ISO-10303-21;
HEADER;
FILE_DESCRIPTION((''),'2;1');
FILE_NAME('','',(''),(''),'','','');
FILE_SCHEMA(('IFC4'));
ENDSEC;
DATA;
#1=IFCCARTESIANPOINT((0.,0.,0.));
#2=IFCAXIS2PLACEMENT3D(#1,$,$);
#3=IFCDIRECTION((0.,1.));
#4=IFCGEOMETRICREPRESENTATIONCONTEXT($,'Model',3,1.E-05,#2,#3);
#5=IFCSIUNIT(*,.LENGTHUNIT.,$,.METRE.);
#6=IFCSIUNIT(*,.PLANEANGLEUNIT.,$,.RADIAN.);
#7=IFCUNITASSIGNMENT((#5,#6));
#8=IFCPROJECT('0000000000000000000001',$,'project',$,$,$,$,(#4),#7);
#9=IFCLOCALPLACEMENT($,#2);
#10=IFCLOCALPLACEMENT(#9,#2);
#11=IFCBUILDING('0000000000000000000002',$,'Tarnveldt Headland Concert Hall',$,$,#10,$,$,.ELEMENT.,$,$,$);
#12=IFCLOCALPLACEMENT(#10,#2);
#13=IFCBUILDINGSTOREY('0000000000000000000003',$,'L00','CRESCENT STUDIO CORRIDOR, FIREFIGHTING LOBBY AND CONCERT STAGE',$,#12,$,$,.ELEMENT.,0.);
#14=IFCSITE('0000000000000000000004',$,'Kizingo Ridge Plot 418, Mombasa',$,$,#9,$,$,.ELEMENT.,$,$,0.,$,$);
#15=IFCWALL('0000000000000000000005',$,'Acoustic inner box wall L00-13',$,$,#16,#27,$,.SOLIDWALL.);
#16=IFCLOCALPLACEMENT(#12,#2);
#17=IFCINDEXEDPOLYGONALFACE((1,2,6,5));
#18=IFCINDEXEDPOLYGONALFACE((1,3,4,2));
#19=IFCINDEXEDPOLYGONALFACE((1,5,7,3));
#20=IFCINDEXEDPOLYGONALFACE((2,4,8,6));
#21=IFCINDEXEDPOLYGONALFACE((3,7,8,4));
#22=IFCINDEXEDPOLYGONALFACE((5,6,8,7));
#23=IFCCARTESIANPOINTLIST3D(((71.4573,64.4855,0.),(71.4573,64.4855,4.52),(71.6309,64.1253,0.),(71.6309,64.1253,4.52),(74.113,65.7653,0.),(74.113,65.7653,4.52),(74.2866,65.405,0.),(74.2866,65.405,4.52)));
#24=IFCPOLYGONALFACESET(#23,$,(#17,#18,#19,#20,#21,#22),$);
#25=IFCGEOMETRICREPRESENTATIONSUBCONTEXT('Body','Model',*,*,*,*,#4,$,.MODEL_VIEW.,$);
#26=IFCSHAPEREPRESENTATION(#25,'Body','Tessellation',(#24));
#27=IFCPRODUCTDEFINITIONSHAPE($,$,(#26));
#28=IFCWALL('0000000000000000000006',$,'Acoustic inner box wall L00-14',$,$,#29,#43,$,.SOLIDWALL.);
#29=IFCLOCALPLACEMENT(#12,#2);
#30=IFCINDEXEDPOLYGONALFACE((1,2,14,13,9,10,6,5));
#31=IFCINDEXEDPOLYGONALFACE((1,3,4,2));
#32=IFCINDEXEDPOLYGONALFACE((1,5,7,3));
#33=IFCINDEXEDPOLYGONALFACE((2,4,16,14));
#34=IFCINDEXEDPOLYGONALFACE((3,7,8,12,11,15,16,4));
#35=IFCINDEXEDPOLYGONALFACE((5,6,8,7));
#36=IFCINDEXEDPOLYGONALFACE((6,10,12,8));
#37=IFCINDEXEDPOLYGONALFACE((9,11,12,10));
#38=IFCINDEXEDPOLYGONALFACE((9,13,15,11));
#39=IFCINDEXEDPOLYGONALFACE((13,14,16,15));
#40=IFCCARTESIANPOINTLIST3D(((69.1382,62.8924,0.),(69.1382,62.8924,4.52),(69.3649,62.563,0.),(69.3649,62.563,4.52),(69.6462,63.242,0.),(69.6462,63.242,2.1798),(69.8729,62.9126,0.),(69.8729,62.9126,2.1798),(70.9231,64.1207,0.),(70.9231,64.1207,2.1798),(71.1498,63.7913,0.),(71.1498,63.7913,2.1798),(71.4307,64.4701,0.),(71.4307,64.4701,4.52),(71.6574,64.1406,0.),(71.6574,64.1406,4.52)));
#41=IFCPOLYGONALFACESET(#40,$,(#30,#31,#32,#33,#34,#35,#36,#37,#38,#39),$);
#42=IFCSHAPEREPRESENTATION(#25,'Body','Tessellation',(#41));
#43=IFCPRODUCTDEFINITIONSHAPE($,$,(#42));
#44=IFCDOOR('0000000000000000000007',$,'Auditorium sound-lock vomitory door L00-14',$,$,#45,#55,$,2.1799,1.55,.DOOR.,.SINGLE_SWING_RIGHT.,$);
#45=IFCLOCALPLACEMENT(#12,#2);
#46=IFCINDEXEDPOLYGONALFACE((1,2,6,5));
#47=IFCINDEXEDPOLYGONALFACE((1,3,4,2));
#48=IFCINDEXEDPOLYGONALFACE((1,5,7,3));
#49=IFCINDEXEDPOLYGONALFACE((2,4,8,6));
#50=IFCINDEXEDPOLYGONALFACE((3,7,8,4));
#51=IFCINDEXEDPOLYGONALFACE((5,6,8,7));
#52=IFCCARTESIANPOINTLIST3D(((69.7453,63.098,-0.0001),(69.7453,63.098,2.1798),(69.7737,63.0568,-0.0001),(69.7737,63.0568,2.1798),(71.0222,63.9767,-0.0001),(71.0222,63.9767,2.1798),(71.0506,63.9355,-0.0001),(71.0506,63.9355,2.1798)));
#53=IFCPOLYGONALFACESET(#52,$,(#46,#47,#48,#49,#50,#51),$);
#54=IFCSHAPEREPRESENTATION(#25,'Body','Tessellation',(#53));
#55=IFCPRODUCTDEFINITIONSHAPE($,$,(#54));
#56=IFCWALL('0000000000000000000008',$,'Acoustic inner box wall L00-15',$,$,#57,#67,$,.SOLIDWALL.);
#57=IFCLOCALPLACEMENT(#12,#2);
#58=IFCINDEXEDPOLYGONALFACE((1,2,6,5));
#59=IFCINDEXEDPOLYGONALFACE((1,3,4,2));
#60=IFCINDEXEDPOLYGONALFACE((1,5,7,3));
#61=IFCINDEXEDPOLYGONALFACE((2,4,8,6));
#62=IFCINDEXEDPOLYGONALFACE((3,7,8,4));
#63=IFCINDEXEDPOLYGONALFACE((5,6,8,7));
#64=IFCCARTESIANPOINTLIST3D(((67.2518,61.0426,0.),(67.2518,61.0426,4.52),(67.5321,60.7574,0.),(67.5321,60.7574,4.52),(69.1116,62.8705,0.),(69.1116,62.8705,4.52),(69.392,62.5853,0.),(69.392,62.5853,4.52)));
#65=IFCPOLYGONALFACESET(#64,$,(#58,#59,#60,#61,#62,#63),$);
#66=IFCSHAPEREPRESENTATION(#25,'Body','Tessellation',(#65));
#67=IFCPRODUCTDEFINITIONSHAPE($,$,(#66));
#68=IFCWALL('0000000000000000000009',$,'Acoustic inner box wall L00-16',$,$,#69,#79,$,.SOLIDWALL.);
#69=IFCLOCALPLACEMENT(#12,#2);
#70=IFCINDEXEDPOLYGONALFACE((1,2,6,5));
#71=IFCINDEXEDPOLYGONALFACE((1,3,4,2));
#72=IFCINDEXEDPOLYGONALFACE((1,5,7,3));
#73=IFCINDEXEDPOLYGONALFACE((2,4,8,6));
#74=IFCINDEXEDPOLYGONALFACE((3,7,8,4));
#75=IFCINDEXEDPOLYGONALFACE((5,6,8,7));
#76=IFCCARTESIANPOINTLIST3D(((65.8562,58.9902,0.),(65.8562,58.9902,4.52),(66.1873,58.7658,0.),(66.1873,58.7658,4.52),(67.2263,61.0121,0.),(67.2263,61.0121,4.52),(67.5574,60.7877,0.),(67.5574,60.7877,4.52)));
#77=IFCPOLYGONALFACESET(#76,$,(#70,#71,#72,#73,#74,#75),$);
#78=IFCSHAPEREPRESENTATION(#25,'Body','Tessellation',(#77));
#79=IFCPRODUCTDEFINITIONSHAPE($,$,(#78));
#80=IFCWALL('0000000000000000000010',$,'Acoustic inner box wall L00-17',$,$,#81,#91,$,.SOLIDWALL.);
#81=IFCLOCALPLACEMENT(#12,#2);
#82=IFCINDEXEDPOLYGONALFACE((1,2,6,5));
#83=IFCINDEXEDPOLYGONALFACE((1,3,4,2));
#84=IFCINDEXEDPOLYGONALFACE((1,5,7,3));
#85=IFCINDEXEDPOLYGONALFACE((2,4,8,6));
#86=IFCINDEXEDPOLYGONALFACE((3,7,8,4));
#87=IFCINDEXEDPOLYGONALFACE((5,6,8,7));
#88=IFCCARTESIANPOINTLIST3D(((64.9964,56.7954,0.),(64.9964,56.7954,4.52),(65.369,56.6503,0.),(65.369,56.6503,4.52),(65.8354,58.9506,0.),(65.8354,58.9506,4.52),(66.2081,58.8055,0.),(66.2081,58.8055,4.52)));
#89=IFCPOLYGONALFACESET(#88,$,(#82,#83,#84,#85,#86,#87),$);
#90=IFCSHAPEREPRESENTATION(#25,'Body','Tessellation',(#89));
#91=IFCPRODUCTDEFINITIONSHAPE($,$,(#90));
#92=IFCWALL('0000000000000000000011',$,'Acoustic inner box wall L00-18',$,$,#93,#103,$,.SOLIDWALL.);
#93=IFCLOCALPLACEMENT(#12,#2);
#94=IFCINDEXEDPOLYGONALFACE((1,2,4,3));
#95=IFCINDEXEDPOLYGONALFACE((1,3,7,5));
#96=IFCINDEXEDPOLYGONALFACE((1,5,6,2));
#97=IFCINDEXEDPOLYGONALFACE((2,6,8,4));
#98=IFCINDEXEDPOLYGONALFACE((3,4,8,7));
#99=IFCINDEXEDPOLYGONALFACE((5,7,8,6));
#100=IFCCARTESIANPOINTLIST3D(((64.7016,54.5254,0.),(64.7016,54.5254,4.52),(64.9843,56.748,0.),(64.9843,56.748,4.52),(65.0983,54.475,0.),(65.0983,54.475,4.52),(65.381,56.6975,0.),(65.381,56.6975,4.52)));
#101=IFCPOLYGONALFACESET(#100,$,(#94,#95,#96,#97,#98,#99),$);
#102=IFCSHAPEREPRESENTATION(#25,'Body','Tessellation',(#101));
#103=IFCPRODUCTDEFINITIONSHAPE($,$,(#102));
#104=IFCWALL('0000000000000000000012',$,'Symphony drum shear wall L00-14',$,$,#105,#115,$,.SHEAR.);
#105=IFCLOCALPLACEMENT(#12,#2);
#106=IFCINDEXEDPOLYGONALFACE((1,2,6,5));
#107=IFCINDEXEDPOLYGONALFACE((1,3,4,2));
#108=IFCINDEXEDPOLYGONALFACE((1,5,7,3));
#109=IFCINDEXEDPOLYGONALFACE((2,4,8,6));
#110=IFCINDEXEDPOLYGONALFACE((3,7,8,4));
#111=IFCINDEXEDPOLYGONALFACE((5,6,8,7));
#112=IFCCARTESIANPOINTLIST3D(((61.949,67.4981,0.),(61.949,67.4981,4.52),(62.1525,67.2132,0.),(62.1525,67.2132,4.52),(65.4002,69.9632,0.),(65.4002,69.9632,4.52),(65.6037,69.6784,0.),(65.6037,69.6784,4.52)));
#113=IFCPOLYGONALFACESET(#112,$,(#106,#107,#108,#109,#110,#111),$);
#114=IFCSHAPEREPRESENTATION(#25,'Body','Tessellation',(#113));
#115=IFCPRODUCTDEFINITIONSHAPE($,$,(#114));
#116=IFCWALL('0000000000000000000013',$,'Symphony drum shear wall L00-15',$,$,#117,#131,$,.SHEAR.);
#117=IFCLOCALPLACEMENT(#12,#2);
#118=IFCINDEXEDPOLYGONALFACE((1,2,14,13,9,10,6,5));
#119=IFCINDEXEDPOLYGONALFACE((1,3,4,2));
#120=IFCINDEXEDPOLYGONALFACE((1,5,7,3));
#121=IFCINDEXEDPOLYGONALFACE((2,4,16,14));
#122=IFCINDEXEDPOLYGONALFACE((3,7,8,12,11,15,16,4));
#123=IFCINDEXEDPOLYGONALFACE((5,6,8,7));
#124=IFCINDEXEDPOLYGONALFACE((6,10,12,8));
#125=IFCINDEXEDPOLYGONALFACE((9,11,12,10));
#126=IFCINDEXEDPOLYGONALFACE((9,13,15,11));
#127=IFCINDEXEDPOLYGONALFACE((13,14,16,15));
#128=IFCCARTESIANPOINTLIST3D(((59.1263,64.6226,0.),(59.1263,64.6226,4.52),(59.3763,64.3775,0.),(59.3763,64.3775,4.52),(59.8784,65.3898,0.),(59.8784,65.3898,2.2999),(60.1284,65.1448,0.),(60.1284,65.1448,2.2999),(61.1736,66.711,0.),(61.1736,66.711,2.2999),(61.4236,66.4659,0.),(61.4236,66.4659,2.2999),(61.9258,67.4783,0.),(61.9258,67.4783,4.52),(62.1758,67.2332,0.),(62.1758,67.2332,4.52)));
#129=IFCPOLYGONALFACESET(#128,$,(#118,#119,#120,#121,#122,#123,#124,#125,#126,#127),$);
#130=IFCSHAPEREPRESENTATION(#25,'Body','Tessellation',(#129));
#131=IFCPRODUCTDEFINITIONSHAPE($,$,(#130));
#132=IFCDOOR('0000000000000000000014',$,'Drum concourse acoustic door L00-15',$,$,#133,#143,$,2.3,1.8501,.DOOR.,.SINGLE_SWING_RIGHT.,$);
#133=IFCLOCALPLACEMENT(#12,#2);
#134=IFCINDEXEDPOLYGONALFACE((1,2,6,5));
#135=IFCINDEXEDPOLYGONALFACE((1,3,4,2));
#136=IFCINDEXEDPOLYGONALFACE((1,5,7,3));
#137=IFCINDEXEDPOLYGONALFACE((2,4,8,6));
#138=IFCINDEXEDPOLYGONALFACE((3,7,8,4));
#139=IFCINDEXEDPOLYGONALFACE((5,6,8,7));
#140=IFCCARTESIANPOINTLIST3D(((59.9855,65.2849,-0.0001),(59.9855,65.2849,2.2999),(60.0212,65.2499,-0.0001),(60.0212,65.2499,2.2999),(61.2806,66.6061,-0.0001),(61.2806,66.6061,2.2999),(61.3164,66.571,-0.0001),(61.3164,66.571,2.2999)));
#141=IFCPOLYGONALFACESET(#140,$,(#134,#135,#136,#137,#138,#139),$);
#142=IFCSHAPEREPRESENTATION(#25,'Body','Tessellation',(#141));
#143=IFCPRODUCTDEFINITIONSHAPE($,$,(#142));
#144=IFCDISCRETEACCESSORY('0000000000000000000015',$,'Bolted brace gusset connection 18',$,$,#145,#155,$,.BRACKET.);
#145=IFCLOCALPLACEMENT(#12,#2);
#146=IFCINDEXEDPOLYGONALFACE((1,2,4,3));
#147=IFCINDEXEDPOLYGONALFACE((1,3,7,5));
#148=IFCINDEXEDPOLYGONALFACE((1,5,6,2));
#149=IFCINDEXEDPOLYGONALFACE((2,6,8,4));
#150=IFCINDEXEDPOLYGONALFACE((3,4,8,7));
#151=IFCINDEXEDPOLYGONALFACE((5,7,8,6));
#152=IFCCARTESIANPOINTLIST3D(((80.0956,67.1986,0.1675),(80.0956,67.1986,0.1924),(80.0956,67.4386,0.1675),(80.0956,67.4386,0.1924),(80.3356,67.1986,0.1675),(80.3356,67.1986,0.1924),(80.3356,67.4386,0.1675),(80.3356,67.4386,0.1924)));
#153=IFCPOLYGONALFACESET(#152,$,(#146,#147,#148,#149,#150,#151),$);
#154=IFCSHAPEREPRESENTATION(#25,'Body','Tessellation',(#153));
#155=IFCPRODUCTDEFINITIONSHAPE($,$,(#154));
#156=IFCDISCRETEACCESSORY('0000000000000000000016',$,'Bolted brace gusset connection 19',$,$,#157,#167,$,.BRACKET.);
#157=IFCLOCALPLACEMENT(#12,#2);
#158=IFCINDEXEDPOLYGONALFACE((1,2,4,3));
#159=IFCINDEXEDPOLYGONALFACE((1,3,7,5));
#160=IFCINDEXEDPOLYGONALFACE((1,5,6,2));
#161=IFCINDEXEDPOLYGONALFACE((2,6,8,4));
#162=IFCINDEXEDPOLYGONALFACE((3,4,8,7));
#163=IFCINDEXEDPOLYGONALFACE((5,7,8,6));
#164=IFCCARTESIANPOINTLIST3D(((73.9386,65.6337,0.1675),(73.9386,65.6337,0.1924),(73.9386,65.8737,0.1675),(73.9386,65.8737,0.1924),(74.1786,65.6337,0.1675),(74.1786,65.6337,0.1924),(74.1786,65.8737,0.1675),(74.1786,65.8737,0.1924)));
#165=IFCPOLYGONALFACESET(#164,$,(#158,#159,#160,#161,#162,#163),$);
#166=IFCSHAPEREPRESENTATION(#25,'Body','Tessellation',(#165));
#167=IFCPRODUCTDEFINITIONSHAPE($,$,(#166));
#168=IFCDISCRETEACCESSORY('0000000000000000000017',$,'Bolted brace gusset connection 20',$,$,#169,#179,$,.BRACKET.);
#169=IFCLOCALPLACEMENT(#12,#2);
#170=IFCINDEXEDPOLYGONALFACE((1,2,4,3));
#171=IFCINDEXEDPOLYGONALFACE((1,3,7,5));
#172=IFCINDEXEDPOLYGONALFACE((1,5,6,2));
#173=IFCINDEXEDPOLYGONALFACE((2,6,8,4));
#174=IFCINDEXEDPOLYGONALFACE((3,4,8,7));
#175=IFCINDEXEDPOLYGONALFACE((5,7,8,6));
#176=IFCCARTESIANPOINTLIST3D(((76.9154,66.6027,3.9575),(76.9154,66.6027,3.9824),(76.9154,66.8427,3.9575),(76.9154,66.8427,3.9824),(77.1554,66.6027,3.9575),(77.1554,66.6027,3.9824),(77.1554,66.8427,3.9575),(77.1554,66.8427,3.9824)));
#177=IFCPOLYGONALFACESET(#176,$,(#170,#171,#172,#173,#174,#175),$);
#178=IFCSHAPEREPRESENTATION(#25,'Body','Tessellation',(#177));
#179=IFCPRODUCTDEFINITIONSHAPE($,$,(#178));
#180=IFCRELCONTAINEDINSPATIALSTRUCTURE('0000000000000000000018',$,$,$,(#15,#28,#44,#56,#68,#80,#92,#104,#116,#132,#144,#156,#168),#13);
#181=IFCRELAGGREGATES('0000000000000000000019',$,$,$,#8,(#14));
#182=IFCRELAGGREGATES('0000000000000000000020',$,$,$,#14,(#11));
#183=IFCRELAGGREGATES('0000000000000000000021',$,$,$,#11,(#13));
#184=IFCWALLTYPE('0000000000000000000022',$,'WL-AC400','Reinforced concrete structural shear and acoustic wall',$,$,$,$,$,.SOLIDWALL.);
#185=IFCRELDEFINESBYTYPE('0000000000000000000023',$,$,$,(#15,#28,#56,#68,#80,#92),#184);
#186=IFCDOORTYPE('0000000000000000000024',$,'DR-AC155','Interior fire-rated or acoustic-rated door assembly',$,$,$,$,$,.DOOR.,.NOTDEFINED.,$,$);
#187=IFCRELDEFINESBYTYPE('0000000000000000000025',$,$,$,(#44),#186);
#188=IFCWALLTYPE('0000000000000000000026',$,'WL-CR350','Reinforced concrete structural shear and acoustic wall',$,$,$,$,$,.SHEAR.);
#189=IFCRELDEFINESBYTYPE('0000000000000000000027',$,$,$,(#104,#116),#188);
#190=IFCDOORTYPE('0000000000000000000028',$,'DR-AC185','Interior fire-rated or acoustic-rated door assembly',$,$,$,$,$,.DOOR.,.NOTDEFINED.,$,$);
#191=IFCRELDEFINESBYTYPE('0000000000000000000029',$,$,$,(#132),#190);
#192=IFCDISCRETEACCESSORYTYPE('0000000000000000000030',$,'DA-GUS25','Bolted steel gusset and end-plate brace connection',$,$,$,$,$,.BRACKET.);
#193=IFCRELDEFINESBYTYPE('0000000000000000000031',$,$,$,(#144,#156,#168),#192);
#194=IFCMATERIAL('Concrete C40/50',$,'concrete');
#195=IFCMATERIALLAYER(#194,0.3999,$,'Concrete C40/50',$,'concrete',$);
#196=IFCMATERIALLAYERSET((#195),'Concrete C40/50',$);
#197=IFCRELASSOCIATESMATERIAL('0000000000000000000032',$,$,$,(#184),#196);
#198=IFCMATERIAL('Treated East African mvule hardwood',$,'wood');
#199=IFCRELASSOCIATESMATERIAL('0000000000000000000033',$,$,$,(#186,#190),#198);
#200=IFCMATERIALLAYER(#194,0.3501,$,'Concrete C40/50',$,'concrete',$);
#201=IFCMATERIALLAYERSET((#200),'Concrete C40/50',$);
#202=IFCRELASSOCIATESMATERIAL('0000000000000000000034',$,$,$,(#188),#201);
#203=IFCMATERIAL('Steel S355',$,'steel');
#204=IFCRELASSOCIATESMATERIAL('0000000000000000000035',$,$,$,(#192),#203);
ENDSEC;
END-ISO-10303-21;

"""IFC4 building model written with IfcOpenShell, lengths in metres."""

from ifc_helpers import new_model, si_unit, direction, frame, frame_2d, origin, origin_2d, place, context, subcontext, project, spatial, rectangle, extrude, material, layer, layer_set, type_object, element, fill, save


model = new_model("IFC4")

# Units and contexts
model_context = context("Model", 3, precision=1e-05, world=origin(), true_north=direction((0.0, 1.0)))
body_context = subcontext(model_context, "Body", "Model", "MODEL_VIEW")
ifc_project = project(units=[si_unit("LENGTHUNIT", "METRE"), si_unit("PLANEANGLEUNIT", "RADIAN")], contexts=[model_context])

# Site, building, storey
site_placement = place(None, origin())
site = spatial("IfcSite", under=ifc_project, at=site_placement, Name="Kizingo Ridge Plot 418, Mombasa", CompositionType="ELEMENT", RefElevation=0.0)
building_placement = place(site_placement, origin())
building = spatial("IfcBuilding", under=site, at=building_placement, Name="Tarnveldt Headland Concert Hall", CompositionType="ELEMENT")
storey_placement = place(building_placement, origin())
storey = spatial("IfcBuildingStorey", under=building, at=storey_placement, Name="L00", Description="CRESCENT STUDIO CORRIDOR, FIREFIGHTING LOBBY AND CONCERT STAGE", CompositionType="ELEMENT", Elevation=0.0)

# Shared definitions
ifc_material_1 = material(Name="Concrete C40/50", Category="concrete")
ifc_material_2 = material(Name="Steel S355", Category="steel")

# Wall
ifc_layer_1 = layer(ifc_material_1, 0.3999, Name="Concrete C40/50", Category="concrete")
ifc_layer_set_1 = layer_set([ifc_layer_1], Name="Concrete C40/50")
wall_type_1 = type_object("IfcWallType", Name="WL-AC400", Description="Reinforced concrete structural shear and acoustic wall", PredefinedType="SOLIDWALL", material=ifc_layer_set_1)
wall_1_placement = place(storey_placement, frame((74.2, 65.5852, 0.0), z_axis=(0.0, 0.0, 1.0), x_axis=(-0.900858, -0.434114, 0.0)))
element("IfcWall", 1, at=wall_1_placement, inside=storey, type_object=wall_type_1, Name="Acoustic inner box wall L00-13", PredefinedType="SOLIDWALL", context=body_context, shape_type="SweptSolid", body=[
    extrude(rectangle(XDim=2.948, YDim=0.3999, at=frame_2d((1.4741, 0.0))), origin(), (0.0, 0.0, 1.0), 4.52),
])

# Wall, opening, door
wall_2_placement = place(storey_placement, frame((71.5442, 64.3054, 0.0), z_axis=(0.0, 0.0, 1.0), x_axis=(-0.823781, -0.566909, 0.0)))
wall_2 = element("IfcWall", 2, at=wall_2_placement, inside=storey, type_object=wall_type_1, Name="Acoustic inner box wall L00-14", PredefinedType="SOLIDWALL", context=body_context, shape_type="SweptSolid", body=[
    extrude(rectangle(XDim=2.783, YDim=0.3999, at=frame_2d((1.3916, 0.0))), origin(), (0.0, 0.0, 1.0), 4.52),
])
opening_1_placement = place(wall_2_placement, frame((0.6165, 0.0, 0.0)))
opening_1 = element("IfcOpeningElement", 3, at=opening_1_placement, cuts=wall_2, PredefinedType="OPENING", context=body_context, shape_type="SweptSolid", body=[
    extrude(rectangle(XDim=1.55, YDim=2.1799, at=frame_2d((0.7749, 1.0898))), frame((0.0, 0.21, 0.0), z_axis=(0.0, -1.0, 0.0), x_axis=(1.0, 0.0, 0.0)), (0.0, 0.0, 1.0), 0.4199),
])
ifc_material_3 = material(Name="Treated East African mvule hardwood", Category="wood")
door_type_1 = type_object("IfcDoorType", Name="DR-AC155", Description="Interior fire-rated or acoustic-rated door assembly", OperationType="NOTDEFINED", PredefinedType="DOOR", material=ifc_material_3)
door_1_placement = place(opening_1_placement, origin())
door_1 = element("IfcDoor", 4, at=door_1_placement, inside=storey, type_object=door_type_1, Name="Auditorium sound-lock vomitory door L00-14", OperationType="SINGLE_SWING_RIGHT", OverallHeight=2.1799, OverallWidth=1.55, PredefinedType="DOOR", context=body_context, shape_type="SweptSolid", body=[
    extrude(rectangle(XDim=1.55, YDim=2.1799, at=frame_2d((0.7749, 1.0898))), frame((0.0, 0.0249, 0.0), z_axis=(0.0, -1.0, 0.0), x_axis=(1.0, 0.0, 0.0)), (0.0, 0.0, 1.0), 0.05),
])
fill(opening_1, door_1)

# Walls
wall_3_placement = place(storey_placement, frame((69.2517, 62.7278, 0.0), z_axis=(0.0, 0.0, 1.0), x_axis=(-0.713212, -0.700948, 0.0)))
element("IfcWall", 5, at=wall_3_placement, inside=storey, type_object=wall_type_1, Name="Acoustic inner box wall L00-15", PredefinedType="SOLIDWALL", context=body_context, shape_type="SweptSolid", body=[
    extrude(rectangle(XDim=2.6077, YDim=0.3999, at=frame_2d((1.3037, 0.0))), origin(), (0.0, 0.0, 1.0), 4.52),
])
wall_4_placement = place(storey_placement, frame((67.3918, 60.8999, 0.0), z_axis=(0.0, 0.0, 1.0), x_axis=(-0.560959, -0.827844, 0.0)))
element("IfcWall", 6, at=wall_4_placement, inside=storey, type_object=wall_type_1, Name="Acoustic inner box wall L00-16", PredefinedType="SOLIDWALL", context=body_context, shape_type="SweptSolid", body=[
    extrude(rectangle(XDim=2.4424, YDim=0.3999, at=frame_2d((1.2212, 0.0))), origin(), (0.0, 0.0, 1.0), 4.52),
])
wall_5_placement = place(storey_placement, frame((66.0217, 58.8779, 0.0), z_axis=(0.0, 0.0, 1.0), x_axis=(-0.362803, -0.931866, 0.0)))
element("IfcWall", 7, at=wall_5_placement, inside=storey, type_object=wall_type_1, Name="Acoustic inner box wall L00-17", PredefinedType="SOLIDWALL", context=body_context, shape_type="SweptSolid", body=[
    extrude(rectangle(XDim=2.3127, YDim=0.3999, at=frame_2d((1.1562, 0.0))), origin(), (0.0, 0.0, 1.0), 4.52),
])
wall_6_placement = place(storey_placement, frame((65.1826, 56.7227, 0.0), z_axis=(0.0, 0.0, 1.0), x_axis=(-0.12618, -0.992007, 0.0)))
element("IfcWall", 8, at=wall_6_placement, inside=storey, type_object=wall_type_1, Name="Acoustic inner box wall L00-18", PredefinedType="SOLIDWALL", context=body_context, shape_type="SweptSolid", body=[
    extrude(rectangle(XDim=2.2405, YDim=0.3999, at=frame_2d((1.1201, 0.0))), origin(), (0.0, 0.0, 1.0), 4.52),
])
ifc_layer_2 = layer(ifc_material_1, 0.3501, Name="Concrete C40/50", Category="concrete")
ifc_layer_set_2 = layer_set([ifc_layer_2], Name="Concrete C40/50")
wall_type_2 = type_object("IfcWallType", Name="WL-CR350", Description="Reinforced concrete structural shear and acoustic wall", PredefinedType="SHEAR", material=ifc_layer_set_2)
wall_7_placement = place(storey_placement, frame((65.502, 69.8208, 0.0), z_axis=(0.0, 0.0, 1.0), x_axis=(-0.813737, -0.581233, 0.0)))
element("IfcWall", 9, at=wall_7_placement, inside=storey, type_object=wall_type_2, Name="Symphony drum shear wall L00-14", PredefinedType="SHEAR", context=body_context, shape_type="SweptSolid", body=[
    extrude(rectangle(XDim=4.2412, YDim=0.3501, at=frame_2d((2.1206, 0.0))), origin(), (0.0, 0.0, 1.0), 4.52),
])

# Wall, opening, door
wall_8_placement = place(storey_placement, frame((62.0508, 67.3557, 0.0), z_axis=(0.0, 0.0, 1.0), x_axis=(-0.700051, -0.714093, 0.0)))
wall_8 = element("IfcWall", 10, at=wall_8_placement, inside=storey, type_object=wall_type_2, Name="Symphony drum shear wall L00-15", PredefinedType="SHEAR", context=body_context, shape_type="SweptSolid", body=[
    extrude(rectangle(XDim=3.999, YDim=0.3501, at=frame_2d((1.9995, 0.0))), origin(), (0.0, 0.0, 1.0), 4.52),
])
opening_2_placement = place(wall_8_placement, frame((1.0745, 0.0, 0.0)))
opening_2 = element("IfcOpeningElement", 11, at=opening_2_placement, cuts=wall_8, PredefinedType="OPENING", context=body_context, shape_type="SweptSolid", body=[
    extrude(rectangle(XDim=1.8501, YDim=2.3, at=frame_2d((0.925, 1.1499))), frame((0.0, 0.1851, 0.0), z_axis=(0.0, -1.0, 0.0), x_axis=(1.0, 0.0, 0.0)), (0.0, 0.0, 1.0), 0.3701),
])
door_type_2 = type_object("IfcDoorType", Name="DR-AC185", Description="Interior fire-rated or acoustic-rated door assembly", OperationType="NOTDEFINED", PredefinedType="DOOR", material=ifc_material_3)
door_2_placement = place(opening_2_placement, origin())
door_2 = element("IfcDoor", 12, at=door_2_placement, inside=storey, type_object=door_type_2, Name="Drum concourse acoustic door L00-15", OperationType="SINGLE_SWING_RIGHT", OverallHeight=2.3, OverallWidth=1.8501, PredefinedType="DOOR", context=body_context, shape_type="SweptSolid", body=[
    extrude(rectangle(XDim=1.8501, YDim=2.3, at=frame_2d((0.925, 1.1499))), frame((0.0, 0.0249, 0.0), z_axis=(0.0, -1.0, 0.0), x_axis=(1.0, 0.0, 0.0)), (0.0, 0.0, 1.0), 0.05),
])
fill(opening_2, door_2)

# Discrete accessories
discrete_accessory_type = type_object("IfcDiscreteAccessoryType", Name="DA-GUS25", Description="Bolted steel gusset and end-plate brace connection", PredefinedType="BRACKET", material=ifc_material_2)
for number, where, z_axis, x_axis, name in (
    (13, (80.2156, 67.3186, 0.1675), (0.0, 0.0, 1.0), (1.0, 0.0, 0.0), "Bolted brace gusset connection 18"),
    (14, (74.0586, 65.7537, 0.1675), (0.0, 0.0, 1.0), (1.0, 0.0, 0.0), "Bolted brace gusset connection 19"),
    (15, (77.0354, 66.7227, 3.9575), (0.0, 0.0, 1.0), (1.0, 0.0, 0.0), "Bolted brace gusset connection 20"),
):
    element("IfcDiscreteAccessory", number, at=place(storey_placement, frame(where, z_axis=z_axis, x_axis=x_axis)), inside=storey, type_object=discrete_accessory_type, Name=name, PredefinedType="BRACKET", context=body_context, shape_type="SweptSolid", body=[
        extrude(rectangle(XDim=0.24, YDim=0.24, at=origin_2d()), origin(), (0.0, 0.0, 1.0), 0.0249),
    ])

save(model, "model.ifc")
